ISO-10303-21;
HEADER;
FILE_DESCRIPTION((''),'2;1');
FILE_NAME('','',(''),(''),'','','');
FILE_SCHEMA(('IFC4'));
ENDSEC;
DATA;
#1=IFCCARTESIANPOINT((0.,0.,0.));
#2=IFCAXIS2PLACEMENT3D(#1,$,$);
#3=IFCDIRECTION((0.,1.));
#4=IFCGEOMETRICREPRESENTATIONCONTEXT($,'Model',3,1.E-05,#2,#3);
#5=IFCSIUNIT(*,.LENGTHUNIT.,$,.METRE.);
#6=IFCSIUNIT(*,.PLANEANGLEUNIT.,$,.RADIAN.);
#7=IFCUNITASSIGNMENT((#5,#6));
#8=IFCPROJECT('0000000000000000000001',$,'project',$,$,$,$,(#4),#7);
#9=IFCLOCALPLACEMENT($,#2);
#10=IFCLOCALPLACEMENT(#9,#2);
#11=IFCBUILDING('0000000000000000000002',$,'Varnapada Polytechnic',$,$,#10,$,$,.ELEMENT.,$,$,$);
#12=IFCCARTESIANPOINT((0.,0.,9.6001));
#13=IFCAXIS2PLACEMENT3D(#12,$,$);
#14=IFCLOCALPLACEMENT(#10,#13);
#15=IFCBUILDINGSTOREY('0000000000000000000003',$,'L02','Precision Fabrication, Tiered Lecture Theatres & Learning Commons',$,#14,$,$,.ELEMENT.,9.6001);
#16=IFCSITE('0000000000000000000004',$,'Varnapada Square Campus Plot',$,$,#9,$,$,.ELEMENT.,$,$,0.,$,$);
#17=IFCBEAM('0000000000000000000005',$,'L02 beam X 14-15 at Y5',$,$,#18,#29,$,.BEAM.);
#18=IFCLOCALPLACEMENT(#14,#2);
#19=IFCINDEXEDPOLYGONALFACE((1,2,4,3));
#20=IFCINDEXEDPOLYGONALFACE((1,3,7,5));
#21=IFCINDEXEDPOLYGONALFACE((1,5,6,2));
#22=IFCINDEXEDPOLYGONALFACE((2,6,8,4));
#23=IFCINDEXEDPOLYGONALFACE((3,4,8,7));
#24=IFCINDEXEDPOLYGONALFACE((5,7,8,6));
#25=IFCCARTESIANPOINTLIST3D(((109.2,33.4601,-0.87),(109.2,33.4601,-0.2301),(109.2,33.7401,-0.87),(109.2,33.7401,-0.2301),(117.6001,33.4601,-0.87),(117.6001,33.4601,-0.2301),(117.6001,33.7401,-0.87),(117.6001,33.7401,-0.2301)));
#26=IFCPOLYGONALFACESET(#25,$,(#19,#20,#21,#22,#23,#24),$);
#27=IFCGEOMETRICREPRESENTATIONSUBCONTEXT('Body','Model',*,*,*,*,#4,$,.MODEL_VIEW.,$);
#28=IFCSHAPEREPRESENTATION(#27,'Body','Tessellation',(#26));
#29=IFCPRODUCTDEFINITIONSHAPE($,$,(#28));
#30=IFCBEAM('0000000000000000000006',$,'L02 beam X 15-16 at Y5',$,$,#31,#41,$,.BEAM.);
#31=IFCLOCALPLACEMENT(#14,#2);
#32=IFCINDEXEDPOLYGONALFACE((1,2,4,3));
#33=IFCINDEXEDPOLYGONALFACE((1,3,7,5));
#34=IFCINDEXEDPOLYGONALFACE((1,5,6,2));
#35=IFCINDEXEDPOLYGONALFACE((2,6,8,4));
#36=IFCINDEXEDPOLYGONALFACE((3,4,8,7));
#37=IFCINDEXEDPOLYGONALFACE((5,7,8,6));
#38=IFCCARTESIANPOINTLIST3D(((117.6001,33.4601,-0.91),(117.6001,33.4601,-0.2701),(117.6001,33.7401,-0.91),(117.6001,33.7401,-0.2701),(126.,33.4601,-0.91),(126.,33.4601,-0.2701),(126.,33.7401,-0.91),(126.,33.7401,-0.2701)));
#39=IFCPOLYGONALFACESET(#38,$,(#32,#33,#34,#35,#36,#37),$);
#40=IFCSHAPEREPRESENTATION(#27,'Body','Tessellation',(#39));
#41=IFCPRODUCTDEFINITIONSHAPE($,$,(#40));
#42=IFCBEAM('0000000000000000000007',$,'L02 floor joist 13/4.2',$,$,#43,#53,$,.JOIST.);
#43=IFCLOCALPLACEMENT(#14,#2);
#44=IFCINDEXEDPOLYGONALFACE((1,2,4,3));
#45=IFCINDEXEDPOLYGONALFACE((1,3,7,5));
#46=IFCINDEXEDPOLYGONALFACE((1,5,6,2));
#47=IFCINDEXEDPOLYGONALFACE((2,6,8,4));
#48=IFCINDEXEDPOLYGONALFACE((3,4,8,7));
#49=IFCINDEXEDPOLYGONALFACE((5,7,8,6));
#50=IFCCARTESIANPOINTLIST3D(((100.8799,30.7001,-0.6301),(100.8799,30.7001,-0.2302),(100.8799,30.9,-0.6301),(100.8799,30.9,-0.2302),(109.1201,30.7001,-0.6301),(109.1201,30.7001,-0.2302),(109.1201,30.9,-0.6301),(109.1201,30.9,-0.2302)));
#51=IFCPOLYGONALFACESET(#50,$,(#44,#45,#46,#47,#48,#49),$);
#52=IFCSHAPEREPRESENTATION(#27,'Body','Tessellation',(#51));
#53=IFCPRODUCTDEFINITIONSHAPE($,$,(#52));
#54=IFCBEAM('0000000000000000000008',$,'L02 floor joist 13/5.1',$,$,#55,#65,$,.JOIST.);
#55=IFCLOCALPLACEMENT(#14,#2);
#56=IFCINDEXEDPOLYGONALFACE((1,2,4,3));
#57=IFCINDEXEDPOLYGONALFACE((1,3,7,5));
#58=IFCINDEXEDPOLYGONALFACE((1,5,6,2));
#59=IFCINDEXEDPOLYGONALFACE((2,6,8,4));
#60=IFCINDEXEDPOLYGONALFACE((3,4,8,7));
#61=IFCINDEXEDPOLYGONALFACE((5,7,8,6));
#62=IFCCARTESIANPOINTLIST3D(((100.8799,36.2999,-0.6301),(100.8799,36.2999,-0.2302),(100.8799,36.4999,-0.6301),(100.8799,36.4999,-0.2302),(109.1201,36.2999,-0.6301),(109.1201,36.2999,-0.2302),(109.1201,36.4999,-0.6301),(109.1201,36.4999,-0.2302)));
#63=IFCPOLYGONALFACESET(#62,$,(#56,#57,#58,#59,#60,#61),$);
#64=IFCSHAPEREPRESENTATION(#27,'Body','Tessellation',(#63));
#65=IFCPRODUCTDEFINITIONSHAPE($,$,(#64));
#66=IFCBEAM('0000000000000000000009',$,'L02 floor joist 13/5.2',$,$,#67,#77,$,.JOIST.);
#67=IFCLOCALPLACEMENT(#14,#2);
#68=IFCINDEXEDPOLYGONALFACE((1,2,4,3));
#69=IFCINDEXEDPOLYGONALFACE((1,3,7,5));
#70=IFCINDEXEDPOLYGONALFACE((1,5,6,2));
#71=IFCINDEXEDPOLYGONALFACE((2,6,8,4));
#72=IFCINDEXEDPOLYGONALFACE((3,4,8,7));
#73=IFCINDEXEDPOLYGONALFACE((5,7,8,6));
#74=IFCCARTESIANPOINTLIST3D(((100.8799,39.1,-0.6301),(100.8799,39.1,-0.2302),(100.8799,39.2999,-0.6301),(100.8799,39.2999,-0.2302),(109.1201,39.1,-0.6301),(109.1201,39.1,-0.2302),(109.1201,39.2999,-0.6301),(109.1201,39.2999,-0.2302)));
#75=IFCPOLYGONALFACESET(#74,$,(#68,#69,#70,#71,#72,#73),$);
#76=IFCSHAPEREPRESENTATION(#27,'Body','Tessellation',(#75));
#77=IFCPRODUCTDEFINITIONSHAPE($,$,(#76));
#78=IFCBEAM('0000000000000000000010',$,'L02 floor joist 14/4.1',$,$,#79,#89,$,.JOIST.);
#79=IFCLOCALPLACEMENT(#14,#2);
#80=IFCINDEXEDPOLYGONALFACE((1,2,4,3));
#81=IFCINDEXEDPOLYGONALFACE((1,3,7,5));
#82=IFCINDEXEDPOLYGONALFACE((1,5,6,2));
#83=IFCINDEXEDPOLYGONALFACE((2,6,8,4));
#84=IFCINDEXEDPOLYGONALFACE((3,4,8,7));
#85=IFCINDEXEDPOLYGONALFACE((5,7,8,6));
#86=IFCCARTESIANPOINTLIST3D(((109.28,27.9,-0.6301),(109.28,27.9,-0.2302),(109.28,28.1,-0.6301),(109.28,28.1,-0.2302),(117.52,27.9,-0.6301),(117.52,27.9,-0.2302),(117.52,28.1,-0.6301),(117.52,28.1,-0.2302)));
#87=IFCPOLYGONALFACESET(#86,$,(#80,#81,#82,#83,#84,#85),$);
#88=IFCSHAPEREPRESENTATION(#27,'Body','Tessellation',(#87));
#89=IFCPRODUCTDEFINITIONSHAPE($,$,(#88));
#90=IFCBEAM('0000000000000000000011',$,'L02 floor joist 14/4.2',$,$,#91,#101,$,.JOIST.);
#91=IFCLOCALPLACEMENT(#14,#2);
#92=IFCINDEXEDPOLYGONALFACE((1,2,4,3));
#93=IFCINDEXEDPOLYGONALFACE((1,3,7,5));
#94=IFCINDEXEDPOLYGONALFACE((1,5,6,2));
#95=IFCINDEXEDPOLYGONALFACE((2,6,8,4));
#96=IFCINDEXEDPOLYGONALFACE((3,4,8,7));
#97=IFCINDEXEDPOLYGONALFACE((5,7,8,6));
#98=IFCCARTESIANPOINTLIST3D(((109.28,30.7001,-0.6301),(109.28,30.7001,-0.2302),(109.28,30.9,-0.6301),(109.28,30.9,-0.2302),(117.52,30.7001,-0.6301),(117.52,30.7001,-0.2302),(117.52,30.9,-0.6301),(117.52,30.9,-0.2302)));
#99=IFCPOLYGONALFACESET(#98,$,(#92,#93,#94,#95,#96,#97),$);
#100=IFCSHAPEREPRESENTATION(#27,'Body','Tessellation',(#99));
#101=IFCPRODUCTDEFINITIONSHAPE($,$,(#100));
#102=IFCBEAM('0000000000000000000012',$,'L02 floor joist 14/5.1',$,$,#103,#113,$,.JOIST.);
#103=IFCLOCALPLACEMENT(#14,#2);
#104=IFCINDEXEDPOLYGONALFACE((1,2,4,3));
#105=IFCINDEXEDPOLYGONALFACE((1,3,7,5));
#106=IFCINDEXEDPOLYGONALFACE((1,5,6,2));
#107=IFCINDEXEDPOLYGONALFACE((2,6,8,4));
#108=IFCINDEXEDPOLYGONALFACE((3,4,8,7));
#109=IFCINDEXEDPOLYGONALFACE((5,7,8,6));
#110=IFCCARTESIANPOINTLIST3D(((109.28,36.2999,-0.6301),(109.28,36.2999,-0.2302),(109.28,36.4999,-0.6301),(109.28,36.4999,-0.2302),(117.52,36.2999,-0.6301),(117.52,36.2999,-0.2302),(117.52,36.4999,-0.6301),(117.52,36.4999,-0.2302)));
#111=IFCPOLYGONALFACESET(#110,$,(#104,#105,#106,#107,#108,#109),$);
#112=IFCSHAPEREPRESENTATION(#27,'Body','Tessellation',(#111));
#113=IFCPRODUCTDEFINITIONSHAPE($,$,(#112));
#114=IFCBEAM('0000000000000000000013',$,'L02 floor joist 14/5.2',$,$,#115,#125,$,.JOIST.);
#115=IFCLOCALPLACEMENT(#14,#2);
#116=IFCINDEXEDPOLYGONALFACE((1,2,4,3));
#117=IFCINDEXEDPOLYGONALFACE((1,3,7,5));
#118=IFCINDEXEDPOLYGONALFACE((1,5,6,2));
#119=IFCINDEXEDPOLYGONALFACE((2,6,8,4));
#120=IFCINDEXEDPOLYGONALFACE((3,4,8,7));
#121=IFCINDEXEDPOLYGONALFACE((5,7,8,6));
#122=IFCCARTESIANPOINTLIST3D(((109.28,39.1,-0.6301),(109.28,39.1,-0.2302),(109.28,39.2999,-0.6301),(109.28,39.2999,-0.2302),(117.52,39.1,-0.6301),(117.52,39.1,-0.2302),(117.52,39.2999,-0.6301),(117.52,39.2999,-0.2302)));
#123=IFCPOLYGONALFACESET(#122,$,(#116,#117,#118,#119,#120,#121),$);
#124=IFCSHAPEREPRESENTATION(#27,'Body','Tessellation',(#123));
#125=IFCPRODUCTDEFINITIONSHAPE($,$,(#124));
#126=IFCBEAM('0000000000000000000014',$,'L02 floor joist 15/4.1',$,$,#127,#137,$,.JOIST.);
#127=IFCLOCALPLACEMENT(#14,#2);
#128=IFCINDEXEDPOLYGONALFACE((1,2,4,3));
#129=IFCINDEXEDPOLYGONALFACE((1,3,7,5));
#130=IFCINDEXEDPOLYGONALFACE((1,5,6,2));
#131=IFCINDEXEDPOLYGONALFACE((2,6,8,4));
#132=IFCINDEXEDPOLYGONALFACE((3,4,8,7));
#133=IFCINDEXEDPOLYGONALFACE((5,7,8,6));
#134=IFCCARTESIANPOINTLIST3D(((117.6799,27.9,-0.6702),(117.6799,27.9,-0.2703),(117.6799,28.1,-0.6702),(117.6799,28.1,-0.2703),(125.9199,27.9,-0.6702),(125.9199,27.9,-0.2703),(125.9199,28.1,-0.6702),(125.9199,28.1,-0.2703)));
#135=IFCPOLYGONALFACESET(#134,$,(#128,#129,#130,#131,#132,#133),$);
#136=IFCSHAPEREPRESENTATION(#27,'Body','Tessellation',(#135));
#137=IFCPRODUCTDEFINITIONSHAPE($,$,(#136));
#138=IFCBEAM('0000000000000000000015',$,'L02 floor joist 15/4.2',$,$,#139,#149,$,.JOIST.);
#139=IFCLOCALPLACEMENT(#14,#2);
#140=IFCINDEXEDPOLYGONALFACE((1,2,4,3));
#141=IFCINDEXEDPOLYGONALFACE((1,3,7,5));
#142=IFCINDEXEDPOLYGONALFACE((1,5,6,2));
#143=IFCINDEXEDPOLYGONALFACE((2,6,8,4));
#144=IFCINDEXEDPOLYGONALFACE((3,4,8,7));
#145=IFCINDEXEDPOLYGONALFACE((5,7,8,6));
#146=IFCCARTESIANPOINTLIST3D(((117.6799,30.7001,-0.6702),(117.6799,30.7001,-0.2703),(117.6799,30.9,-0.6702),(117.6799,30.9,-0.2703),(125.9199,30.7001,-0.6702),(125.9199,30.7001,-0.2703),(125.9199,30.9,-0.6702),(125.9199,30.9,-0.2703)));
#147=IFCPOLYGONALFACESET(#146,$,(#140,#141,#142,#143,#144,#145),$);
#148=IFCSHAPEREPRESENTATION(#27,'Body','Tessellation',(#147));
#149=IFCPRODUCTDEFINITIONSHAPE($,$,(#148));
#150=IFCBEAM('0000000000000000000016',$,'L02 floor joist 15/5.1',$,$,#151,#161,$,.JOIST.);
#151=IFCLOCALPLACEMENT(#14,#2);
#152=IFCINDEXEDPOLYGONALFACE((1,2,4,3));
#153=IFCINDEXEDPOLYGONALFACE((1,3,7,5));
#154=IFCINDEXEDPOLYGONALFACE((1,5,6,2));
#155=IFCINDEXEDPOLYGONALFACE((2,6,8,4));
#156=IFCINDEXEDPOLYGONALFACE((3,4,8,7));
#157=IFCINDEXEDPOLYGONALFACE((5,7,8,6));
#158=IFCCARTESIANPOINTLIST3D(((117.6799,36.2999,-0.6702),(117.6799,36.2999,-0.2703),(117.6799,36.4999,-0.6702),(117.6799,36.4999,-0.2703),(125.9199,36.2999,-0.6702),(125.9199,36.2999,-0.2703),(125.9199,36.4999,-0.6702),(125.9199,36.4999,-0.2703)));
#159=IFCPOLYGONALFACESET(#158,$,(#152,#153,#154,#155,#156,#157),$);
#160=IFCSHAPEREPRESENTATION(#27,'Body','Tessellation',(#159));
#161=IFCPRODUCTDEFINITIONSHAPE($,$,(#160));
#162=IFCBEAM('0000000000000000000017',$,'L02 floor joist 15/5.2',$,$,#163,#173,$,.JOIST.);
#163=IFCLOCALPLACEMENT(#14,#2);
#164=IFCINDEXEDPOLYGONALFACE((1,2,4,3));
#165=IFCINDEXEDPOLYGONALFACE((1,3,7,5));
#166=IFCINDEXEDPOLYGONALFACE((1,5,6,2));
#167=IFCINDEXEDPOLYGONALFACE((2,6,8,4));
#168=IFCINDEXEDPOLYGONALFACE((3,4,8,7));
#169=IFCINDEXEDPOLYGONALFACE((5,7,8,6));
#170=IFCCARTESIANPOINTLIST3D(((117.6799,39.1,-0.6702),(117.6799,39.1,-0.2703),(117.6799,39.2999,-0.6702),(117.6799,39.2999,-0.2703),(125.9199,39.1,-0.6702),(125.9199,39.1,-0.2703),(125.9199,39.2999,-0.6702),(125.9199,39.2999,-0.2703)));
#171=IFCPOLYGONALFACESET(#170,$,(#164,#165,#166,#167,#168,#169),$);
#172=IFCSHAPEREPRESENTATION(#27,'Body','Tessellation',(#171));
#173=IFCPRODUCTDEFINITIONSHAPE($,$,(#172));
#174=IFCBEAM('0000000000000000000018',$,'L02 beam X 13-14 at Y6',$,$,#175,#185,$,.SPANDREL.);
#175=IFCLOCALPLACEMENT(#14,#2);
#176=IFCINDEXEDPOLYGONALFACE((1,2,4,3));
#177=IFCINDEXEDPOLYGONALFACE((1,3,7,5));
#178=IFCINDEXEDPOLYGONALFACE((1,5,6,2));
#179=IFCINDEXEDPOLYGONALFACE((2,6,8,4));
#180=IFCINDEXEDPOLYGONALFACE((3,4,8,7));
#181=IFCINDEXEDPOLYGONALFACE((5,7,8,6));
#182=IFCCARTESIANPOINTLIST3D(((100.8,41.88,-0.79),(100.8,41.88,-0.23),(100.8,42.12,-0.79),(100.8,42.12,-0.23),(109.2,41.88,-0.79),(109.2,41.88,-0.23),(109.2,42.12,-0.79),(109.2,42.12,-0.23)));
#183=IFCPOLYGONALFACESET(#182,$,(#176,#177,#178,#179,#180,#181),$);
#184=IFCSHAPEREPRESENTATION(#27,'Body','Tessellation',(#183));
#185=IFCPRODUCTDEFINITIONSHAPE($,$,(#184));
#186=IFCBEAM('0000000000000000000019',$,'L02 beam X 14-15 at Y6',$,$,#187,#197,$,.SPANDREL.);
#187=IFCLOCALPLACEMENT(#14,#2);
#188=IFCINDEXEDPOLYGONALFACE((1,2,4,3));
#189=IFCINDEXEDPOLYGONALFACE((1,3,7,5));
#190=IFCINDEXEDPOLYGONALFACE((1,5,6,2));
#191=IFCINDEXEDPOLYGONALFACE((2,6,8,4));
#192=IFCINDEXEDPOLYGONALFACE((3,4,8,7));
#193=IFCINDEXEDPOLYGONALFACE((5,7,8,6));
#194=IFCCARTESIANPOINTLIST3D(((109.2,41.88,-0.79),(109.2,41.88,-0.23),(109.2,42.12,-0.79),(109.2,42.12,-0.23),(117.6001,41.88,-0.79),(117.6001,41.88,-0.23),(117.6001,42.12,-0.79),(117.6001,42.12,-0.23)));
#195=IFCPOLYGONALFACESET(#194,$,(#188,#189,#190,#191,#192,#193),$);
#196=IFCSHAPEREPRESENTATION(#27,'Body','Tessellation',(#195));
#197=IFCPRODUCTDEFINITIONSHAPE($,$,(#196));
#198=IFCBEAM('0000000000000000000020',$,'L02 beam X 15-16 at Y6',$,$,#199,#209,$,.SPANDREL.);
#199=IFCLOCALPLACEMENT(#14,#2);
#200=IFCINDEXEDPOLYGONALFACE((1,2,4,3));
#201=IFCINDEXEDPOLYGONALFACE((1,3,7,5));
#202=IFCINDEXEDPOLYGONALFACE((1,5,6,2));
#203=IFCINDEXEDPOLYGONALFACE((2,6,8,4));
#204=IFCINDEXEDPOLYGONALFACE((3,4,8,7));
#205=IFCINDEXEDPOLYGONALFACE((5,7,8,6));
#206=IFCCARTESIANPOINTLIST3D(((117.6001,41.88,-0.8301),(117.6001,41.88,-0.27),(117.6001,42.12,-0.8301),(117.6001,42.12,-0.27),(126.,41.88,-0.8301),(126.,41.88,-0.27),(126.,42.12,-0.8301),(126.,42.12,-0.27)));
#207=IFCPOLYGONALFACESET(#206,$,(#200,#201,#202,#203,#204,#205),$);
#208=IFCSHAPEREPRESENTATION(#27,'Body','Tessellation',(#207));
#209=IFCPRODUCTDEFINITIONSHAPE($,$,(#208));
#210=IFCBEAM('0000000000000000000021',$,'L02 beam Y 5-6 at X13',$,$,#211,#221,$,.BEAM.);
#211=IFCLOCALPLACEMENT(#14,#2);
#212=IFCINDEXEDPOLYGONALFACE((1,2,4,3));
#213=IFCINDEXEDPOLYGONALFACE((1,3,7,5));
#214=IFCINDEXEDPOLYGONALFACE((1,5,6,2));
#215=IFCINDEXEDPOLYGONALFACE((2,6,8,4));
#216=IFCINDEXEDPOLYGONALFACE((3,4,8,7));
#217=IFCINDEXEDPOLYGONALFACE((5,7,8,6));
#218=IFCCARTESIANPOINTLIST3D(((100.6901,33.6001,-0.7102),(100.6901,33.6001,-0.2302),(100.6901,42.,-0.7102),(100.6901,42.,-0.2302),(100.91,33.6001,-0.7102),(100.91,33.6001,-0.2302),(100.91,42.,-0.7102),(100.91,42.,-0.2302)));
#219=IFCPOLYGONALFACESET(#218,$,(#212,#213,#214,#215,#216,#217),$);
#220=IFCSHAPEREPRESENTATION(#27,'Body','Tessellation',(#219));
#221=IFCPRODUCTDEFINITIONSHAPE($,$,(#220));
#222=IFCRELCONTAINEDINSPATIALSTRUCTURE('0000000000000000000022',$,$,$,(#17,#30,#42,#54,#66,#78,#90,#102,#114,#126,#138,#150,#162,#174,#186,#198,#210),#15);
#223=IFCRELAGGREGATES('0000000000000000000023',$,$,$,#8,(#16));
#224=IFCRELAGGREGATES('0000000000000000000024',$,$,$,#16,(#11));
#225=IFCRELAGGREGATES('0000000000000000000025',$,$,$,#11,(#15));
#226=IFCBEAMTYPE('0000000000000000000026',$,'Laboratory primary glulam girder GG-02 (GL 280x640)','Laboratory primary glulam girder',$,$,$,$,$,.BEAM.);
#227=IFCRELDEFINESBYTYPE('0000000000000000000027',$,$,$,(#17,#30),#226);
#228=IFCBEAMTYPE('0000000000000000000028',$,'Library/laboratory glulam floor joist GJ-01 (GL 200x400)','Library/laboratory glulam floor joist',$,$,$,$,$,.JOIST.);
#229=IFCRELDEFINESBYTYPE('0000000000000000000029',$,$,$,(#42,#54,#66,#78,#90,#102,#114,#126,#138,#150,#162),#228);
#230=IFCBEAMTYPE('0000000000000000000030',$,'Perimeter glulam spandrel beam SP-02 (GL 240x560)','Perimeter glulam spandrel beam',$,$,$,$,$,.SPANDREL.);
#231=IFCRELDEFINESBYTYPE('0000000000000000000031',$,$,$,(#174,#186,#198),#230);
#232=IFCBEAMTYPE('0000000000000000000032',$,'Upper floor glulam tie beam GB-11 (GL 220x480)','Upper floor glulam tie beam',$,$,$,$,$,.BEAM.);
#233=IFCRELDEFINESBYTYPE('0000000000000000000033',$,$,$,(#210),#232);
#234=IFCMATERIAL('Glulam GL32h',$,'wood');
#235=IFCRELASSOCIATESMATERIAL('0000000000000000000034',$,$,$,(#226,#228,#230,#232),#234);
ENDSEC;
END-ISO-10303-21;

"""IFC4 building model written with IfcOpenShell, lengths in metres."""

from ifc_helpers import new_model, si_unit, direction, frame, origin, origin_2d, place, context, subcontext, project, spatial, rectangle, extrude, material, material_profile, profile_set, type_object, element, save


model = new_model("IFC4")

# Units and contexts
model_context = context("Model", 3, precision=1e-05, world=origin(), true_north=direction((0.0, 1.0)))
body_context = subcontext(model_context, "Body", "Model", "MODEL_VIEW")
ifc_project = project(units=[si_unit("LENGTHUNIT", "METRE"), si_unit("PLANEANGLEUNIT", "RADIAN")], contexts=[model_context])

# Site, building, storey
site_placement = place(None, origin())
site = spatial("IfcSite", under=ifc_project, at=site_placement, Name="Varnapada Square Campus Plot", CompositionType="ELEMENT", RefElevation=0.0)
building_placement = place(site_placement, origin())
building = spatial("IfcBuilding", under=site, at=building_placement, Name="Varnapada Polytechnic", CompositionType="ELEMENT")
storey_placement = place(building_placement, frame((0.0, 0.0, 9.6001)))
storey = spatial("IfcBuildingStorey", under=building, at=storey_placement, Name="L02", Description="Precision Fabrication, Tiered Lecture Theatres & Learning Commons", CompositionType="ELEMENT", Elevation=9.6001)

# Beams
ifc_material_1 = material(Name="Glulam GL32h", Category="wood")
ifc_material_profile_1 = material_profile(ifc_material_1, rectangle(XDim=0.28, YDim=0.6399, at=origin_2d()), Name="GL 280x640")
ifc_profile_set_1 = profile_set([ifc_material_profile_1], Name="Glulam GL32h")
beam_type_1 = type_object("IfcBeamType", Name="Laboratory primary glulam girder GG-02 (GL 280x640)", Description="Laboratory primary glulam girder", PredefinedType="BEAM", material=ifc_profile_set_1)
beam_1_placement = place(storey_placement, frame((109.2, 33.6001, -0.55), z_axis=(1.0, 0.0, 0.0), x_axis=(0.0, 1.0, 0.0)))
element("IfcBeam", 1, at=beam_1_placement, inside=storey, type_object=beam_type_1, Name="L02 beam X 14-15 at Y5", PredefinedType="BEAM", context=body_context, shape_type="SweptSolid", body=[
    extrude(rectangle(XDim=0.28, YDim=0.6399, at=origin_2d()), origin(), (0.0, 0.0, 1.0), 8.4001),
])
beam_2_placement = place(storey_placement, frame((117.6001, 33.6001, -0.5901), z_axis=(1.0, 0.0, 0.0), x_axis=(0.0, 1.0, 0.0)))
element("IfcBeam", 2, at=beam_2_placement, inside=storey, type_object=beam_type_1, Name="L02 beam X 15-16 at Y5", PredefinedType="BEAM", context=body_context, shape_type="SweptSolid", body=[
    extrude(rectangle(XDim=0.28, YDim=0.6399, at=origin_2d()), origin(), (0.0, 0.0, 1.0), 8.3999),
])
ifc_material_profile_2 = material_profile(ifc_material_1, rectangle(XDim=0.2, YDim=0.3999, at=origin_2d()), Name="GL 200x400")
ifc_profile_set_2 = profile_set([ifc_material_profile_2], Name="Glulam GL32h")
beam_type_2 = type_object("IfcBeamType", Name="Library/laboratory glulam floor joist GJ-01 (GL 200x400)", Description="Library/laboratory glulam floor joist", PredefinedType="JOIST", material=ifc_profile_set_2)
for number, where, z_axis, x_axis, name in (
    (3, (100.8799, 30.8, -0.4302), (1.0, 0.0, 0.0), (0.0, 1.0, 0.0), "L02 floor joist 13/4.2"),
    (4, (100.8799, 36.3999, -0.4302), (1.0, 0.0, 0.0), (0.0, 1.0, 0.0), "L02 floor joist 13/5.1"),
    (5, (100.8799, 39.2, -0.4302), (1.0, 0.0, 0.0), (0.0, 1.0, 0.0), "L02 floor joist 13/5.2"),
):
    element("IfcBeam", number, at=place(storey_placement, frame(where, z_axis=z_axis, x_axis=x_axis)), inside=storey, type_object=beam_type_2, Name=name, PredefinedType="JOIST", context=body_context, shape_type="SweptSolid", body=[
        extrude(rectangle(XDim=0.2, YDim=0.3999, at=origin_2d()), origin(), (0.0, 0.0, 1.0), 8.2402),
    ])
for number, where, z_axis, x_axis, name in (
    (6, (109.28, 28.0, -0.4302), (1.0, 0.0, 0.0), (0.0, 1.0, 0.0), "L02 floor joist 14/4.1"),
    (7, (109.28, 30.8, -0.4302), (1.0, 0.0, 0.0), (0.0, 1.0, 0.0), "L02 floor joist 14/4.2"),
    (8, (109.28, 36.3999, -0.4302), (1.0, 0.0, 0.0), (0.0, 1.0, 0.0), "L02 floor joist 14/5.1"),
    (9, (109.28, 39.2, -0.4302), (1.0, 0.0, 0.0), (0.0, 1.0, 0.0), "L02 floor joist 14/5.2"),
    (10, (117.6799, 28.0, -0.4702), (1.0, 0.0, 0.0), (0.0, 1.0, 0.0), "L02 floor joist 15/4.1"),
    (11, (117.6799, 30.8, -0.4702), (1.0, 0.0, 0.0), (0.0, 1.0, 0.0), "L02 floor joist 15/4.2"),
    (12, (117.6799, 36.3999, -0.4702), (1.0, 0.0, 0.0), (0.0, 1.0, 0.0), "L02 floor joist 15/5.1"),
    (13, (117.6799, 39.2, -0.4702), (1.0, 0.0, 0.0), (0.0, 1.0, 0.0), "L02 floor joist 15/5.2"),
):
    element("IfcBeam", number, at=place(storey_placement, frame(where, z_axis=z_axis, x_axis=x_axis)), inside=storey, type_object=beam_type_2, Name=name, PredefinedType="JOIST", context=body_context, shape_type="SweptSolid", body=[
        extrude(rectangle(XDim=0.2, YDim=0.3999, at=origin_2d()), origin(), (0.0, 0.0, 1.0), 8.24),
    ])
ifc_material_profile_3 = material_profile(ifc_material_1, rectangle(XDim=0.24, YDim=0.5601, at=origin_2d()), Name="GL 240x560")
ifc_profile_set_3 = profile_set([ifc_material_profile_3], Name="Glulam GL32h")
beam_type_3 = type_object("IfcBeamType", Name="Perimeter glulam spandrel beam SP-02 (GL 240x560)", Description="Perimeter glulam spandrel beam", PredefinedType="SPANDREL", material=ifc_profile_set_3)
beam_3_placement = place(storey_placement, frame((100.8, 42.0, -0.51), z_axis=(1.0, 0.0, 0.0), x_axis=(0.0, 1.0, 0.0)))
element("IfcBeam", 14, at=beam_3_placement, inside=storey, type_object=beam_type_3, Name="L02 beam X 13-14 at Y6", PredefinedType="SPANDREL", context=body_context, shape_type="SweptSolid", body=[
    extrude(rectangle(XDim=0.24, YDim=0.5601, at=origin_2d()), origin(), (0.0, 0.0, 1.0), 8.3999),
])
beam_4_placement = place(storey_placement, frame((109.2, 42.0, -0.51), z_axis=(1.0, 0.0, 0.0), x_axis=(0.0, 1.0, 0.0)))
element("IfcBeam", 15, at=beam_4_placement, inside=storey, type_object=beam_type_3, Name="L02 beam X 14-15 at Y6", PredefinedType="SPANDREL", context=body_context, shape_type="SweptSolid", body=[
    extrude(rectangle(XDim=0.24, YDim=0.5601, at=origin_2d()), origin(), (0.0, 0.0, 1.0), 8.4001),
])
beam_5_placement = place(storey_placement, frame((117.6001, 42.0, -0.55), z_axis=(1.0, 0.0, 0.0), x_axis=(0.0, 1.0, 0.0)))
element("IfcBeam", 16, at=beam_5_placement, inside=storey, type_object=beam_type_3, Name="L02 beam X 15-16 at Y6", PredefinedType="SPANDREL", context=body_context, shape_type="SweptSolid", body=[
    extrude(rectangle(XDim=0.24, YDim=0.5601, at=origin_2d()), origin(), (0.0, 0.0, 1.0), 8.3999),
])
ifc_material_profile_4 = material_profile(ifc_material_1, rectangle(XDim=0.22, YDim=0.48, at=origin_2d()), Name="GL 220x480")
ifc_profile_set_4 = profile_set([ifc_material_profile_4], Name="Glulam GL32h")
beam_type_4 = type_object("IfcBeamType", Name="Upper floor glulam tie beam GB-11 (GL 220x480)", Description="Upper floor glulam tie beam", PredefinedType="BEAM", material=ifc_profile_set_4)
for number, where, z_axis, x_axis, name in (
    (17, (100.8, 33.6001, -0.4702), (0.0, 1.0, 0.0), (-1.0, 0.0, 0.0), "L02 beam Y 5-6 at X13"),
):
    element("IfcBeam", number, at=place(storey_placement, frame(where, z_axis=z_axis, x_axis=x_axis)), inside=storey, type_object=beam_type_4, Name=name, PredefinedType="BEAM", context=body_context, shape_type="SweptSolid", body=[
        extrude(rectangle(XDim=0.22, YDim=0.48, at=origin_2d()), origin(), (0.0, 0.0, 1.0), 8.3999),
    ])

save(model, "model.ifc")
